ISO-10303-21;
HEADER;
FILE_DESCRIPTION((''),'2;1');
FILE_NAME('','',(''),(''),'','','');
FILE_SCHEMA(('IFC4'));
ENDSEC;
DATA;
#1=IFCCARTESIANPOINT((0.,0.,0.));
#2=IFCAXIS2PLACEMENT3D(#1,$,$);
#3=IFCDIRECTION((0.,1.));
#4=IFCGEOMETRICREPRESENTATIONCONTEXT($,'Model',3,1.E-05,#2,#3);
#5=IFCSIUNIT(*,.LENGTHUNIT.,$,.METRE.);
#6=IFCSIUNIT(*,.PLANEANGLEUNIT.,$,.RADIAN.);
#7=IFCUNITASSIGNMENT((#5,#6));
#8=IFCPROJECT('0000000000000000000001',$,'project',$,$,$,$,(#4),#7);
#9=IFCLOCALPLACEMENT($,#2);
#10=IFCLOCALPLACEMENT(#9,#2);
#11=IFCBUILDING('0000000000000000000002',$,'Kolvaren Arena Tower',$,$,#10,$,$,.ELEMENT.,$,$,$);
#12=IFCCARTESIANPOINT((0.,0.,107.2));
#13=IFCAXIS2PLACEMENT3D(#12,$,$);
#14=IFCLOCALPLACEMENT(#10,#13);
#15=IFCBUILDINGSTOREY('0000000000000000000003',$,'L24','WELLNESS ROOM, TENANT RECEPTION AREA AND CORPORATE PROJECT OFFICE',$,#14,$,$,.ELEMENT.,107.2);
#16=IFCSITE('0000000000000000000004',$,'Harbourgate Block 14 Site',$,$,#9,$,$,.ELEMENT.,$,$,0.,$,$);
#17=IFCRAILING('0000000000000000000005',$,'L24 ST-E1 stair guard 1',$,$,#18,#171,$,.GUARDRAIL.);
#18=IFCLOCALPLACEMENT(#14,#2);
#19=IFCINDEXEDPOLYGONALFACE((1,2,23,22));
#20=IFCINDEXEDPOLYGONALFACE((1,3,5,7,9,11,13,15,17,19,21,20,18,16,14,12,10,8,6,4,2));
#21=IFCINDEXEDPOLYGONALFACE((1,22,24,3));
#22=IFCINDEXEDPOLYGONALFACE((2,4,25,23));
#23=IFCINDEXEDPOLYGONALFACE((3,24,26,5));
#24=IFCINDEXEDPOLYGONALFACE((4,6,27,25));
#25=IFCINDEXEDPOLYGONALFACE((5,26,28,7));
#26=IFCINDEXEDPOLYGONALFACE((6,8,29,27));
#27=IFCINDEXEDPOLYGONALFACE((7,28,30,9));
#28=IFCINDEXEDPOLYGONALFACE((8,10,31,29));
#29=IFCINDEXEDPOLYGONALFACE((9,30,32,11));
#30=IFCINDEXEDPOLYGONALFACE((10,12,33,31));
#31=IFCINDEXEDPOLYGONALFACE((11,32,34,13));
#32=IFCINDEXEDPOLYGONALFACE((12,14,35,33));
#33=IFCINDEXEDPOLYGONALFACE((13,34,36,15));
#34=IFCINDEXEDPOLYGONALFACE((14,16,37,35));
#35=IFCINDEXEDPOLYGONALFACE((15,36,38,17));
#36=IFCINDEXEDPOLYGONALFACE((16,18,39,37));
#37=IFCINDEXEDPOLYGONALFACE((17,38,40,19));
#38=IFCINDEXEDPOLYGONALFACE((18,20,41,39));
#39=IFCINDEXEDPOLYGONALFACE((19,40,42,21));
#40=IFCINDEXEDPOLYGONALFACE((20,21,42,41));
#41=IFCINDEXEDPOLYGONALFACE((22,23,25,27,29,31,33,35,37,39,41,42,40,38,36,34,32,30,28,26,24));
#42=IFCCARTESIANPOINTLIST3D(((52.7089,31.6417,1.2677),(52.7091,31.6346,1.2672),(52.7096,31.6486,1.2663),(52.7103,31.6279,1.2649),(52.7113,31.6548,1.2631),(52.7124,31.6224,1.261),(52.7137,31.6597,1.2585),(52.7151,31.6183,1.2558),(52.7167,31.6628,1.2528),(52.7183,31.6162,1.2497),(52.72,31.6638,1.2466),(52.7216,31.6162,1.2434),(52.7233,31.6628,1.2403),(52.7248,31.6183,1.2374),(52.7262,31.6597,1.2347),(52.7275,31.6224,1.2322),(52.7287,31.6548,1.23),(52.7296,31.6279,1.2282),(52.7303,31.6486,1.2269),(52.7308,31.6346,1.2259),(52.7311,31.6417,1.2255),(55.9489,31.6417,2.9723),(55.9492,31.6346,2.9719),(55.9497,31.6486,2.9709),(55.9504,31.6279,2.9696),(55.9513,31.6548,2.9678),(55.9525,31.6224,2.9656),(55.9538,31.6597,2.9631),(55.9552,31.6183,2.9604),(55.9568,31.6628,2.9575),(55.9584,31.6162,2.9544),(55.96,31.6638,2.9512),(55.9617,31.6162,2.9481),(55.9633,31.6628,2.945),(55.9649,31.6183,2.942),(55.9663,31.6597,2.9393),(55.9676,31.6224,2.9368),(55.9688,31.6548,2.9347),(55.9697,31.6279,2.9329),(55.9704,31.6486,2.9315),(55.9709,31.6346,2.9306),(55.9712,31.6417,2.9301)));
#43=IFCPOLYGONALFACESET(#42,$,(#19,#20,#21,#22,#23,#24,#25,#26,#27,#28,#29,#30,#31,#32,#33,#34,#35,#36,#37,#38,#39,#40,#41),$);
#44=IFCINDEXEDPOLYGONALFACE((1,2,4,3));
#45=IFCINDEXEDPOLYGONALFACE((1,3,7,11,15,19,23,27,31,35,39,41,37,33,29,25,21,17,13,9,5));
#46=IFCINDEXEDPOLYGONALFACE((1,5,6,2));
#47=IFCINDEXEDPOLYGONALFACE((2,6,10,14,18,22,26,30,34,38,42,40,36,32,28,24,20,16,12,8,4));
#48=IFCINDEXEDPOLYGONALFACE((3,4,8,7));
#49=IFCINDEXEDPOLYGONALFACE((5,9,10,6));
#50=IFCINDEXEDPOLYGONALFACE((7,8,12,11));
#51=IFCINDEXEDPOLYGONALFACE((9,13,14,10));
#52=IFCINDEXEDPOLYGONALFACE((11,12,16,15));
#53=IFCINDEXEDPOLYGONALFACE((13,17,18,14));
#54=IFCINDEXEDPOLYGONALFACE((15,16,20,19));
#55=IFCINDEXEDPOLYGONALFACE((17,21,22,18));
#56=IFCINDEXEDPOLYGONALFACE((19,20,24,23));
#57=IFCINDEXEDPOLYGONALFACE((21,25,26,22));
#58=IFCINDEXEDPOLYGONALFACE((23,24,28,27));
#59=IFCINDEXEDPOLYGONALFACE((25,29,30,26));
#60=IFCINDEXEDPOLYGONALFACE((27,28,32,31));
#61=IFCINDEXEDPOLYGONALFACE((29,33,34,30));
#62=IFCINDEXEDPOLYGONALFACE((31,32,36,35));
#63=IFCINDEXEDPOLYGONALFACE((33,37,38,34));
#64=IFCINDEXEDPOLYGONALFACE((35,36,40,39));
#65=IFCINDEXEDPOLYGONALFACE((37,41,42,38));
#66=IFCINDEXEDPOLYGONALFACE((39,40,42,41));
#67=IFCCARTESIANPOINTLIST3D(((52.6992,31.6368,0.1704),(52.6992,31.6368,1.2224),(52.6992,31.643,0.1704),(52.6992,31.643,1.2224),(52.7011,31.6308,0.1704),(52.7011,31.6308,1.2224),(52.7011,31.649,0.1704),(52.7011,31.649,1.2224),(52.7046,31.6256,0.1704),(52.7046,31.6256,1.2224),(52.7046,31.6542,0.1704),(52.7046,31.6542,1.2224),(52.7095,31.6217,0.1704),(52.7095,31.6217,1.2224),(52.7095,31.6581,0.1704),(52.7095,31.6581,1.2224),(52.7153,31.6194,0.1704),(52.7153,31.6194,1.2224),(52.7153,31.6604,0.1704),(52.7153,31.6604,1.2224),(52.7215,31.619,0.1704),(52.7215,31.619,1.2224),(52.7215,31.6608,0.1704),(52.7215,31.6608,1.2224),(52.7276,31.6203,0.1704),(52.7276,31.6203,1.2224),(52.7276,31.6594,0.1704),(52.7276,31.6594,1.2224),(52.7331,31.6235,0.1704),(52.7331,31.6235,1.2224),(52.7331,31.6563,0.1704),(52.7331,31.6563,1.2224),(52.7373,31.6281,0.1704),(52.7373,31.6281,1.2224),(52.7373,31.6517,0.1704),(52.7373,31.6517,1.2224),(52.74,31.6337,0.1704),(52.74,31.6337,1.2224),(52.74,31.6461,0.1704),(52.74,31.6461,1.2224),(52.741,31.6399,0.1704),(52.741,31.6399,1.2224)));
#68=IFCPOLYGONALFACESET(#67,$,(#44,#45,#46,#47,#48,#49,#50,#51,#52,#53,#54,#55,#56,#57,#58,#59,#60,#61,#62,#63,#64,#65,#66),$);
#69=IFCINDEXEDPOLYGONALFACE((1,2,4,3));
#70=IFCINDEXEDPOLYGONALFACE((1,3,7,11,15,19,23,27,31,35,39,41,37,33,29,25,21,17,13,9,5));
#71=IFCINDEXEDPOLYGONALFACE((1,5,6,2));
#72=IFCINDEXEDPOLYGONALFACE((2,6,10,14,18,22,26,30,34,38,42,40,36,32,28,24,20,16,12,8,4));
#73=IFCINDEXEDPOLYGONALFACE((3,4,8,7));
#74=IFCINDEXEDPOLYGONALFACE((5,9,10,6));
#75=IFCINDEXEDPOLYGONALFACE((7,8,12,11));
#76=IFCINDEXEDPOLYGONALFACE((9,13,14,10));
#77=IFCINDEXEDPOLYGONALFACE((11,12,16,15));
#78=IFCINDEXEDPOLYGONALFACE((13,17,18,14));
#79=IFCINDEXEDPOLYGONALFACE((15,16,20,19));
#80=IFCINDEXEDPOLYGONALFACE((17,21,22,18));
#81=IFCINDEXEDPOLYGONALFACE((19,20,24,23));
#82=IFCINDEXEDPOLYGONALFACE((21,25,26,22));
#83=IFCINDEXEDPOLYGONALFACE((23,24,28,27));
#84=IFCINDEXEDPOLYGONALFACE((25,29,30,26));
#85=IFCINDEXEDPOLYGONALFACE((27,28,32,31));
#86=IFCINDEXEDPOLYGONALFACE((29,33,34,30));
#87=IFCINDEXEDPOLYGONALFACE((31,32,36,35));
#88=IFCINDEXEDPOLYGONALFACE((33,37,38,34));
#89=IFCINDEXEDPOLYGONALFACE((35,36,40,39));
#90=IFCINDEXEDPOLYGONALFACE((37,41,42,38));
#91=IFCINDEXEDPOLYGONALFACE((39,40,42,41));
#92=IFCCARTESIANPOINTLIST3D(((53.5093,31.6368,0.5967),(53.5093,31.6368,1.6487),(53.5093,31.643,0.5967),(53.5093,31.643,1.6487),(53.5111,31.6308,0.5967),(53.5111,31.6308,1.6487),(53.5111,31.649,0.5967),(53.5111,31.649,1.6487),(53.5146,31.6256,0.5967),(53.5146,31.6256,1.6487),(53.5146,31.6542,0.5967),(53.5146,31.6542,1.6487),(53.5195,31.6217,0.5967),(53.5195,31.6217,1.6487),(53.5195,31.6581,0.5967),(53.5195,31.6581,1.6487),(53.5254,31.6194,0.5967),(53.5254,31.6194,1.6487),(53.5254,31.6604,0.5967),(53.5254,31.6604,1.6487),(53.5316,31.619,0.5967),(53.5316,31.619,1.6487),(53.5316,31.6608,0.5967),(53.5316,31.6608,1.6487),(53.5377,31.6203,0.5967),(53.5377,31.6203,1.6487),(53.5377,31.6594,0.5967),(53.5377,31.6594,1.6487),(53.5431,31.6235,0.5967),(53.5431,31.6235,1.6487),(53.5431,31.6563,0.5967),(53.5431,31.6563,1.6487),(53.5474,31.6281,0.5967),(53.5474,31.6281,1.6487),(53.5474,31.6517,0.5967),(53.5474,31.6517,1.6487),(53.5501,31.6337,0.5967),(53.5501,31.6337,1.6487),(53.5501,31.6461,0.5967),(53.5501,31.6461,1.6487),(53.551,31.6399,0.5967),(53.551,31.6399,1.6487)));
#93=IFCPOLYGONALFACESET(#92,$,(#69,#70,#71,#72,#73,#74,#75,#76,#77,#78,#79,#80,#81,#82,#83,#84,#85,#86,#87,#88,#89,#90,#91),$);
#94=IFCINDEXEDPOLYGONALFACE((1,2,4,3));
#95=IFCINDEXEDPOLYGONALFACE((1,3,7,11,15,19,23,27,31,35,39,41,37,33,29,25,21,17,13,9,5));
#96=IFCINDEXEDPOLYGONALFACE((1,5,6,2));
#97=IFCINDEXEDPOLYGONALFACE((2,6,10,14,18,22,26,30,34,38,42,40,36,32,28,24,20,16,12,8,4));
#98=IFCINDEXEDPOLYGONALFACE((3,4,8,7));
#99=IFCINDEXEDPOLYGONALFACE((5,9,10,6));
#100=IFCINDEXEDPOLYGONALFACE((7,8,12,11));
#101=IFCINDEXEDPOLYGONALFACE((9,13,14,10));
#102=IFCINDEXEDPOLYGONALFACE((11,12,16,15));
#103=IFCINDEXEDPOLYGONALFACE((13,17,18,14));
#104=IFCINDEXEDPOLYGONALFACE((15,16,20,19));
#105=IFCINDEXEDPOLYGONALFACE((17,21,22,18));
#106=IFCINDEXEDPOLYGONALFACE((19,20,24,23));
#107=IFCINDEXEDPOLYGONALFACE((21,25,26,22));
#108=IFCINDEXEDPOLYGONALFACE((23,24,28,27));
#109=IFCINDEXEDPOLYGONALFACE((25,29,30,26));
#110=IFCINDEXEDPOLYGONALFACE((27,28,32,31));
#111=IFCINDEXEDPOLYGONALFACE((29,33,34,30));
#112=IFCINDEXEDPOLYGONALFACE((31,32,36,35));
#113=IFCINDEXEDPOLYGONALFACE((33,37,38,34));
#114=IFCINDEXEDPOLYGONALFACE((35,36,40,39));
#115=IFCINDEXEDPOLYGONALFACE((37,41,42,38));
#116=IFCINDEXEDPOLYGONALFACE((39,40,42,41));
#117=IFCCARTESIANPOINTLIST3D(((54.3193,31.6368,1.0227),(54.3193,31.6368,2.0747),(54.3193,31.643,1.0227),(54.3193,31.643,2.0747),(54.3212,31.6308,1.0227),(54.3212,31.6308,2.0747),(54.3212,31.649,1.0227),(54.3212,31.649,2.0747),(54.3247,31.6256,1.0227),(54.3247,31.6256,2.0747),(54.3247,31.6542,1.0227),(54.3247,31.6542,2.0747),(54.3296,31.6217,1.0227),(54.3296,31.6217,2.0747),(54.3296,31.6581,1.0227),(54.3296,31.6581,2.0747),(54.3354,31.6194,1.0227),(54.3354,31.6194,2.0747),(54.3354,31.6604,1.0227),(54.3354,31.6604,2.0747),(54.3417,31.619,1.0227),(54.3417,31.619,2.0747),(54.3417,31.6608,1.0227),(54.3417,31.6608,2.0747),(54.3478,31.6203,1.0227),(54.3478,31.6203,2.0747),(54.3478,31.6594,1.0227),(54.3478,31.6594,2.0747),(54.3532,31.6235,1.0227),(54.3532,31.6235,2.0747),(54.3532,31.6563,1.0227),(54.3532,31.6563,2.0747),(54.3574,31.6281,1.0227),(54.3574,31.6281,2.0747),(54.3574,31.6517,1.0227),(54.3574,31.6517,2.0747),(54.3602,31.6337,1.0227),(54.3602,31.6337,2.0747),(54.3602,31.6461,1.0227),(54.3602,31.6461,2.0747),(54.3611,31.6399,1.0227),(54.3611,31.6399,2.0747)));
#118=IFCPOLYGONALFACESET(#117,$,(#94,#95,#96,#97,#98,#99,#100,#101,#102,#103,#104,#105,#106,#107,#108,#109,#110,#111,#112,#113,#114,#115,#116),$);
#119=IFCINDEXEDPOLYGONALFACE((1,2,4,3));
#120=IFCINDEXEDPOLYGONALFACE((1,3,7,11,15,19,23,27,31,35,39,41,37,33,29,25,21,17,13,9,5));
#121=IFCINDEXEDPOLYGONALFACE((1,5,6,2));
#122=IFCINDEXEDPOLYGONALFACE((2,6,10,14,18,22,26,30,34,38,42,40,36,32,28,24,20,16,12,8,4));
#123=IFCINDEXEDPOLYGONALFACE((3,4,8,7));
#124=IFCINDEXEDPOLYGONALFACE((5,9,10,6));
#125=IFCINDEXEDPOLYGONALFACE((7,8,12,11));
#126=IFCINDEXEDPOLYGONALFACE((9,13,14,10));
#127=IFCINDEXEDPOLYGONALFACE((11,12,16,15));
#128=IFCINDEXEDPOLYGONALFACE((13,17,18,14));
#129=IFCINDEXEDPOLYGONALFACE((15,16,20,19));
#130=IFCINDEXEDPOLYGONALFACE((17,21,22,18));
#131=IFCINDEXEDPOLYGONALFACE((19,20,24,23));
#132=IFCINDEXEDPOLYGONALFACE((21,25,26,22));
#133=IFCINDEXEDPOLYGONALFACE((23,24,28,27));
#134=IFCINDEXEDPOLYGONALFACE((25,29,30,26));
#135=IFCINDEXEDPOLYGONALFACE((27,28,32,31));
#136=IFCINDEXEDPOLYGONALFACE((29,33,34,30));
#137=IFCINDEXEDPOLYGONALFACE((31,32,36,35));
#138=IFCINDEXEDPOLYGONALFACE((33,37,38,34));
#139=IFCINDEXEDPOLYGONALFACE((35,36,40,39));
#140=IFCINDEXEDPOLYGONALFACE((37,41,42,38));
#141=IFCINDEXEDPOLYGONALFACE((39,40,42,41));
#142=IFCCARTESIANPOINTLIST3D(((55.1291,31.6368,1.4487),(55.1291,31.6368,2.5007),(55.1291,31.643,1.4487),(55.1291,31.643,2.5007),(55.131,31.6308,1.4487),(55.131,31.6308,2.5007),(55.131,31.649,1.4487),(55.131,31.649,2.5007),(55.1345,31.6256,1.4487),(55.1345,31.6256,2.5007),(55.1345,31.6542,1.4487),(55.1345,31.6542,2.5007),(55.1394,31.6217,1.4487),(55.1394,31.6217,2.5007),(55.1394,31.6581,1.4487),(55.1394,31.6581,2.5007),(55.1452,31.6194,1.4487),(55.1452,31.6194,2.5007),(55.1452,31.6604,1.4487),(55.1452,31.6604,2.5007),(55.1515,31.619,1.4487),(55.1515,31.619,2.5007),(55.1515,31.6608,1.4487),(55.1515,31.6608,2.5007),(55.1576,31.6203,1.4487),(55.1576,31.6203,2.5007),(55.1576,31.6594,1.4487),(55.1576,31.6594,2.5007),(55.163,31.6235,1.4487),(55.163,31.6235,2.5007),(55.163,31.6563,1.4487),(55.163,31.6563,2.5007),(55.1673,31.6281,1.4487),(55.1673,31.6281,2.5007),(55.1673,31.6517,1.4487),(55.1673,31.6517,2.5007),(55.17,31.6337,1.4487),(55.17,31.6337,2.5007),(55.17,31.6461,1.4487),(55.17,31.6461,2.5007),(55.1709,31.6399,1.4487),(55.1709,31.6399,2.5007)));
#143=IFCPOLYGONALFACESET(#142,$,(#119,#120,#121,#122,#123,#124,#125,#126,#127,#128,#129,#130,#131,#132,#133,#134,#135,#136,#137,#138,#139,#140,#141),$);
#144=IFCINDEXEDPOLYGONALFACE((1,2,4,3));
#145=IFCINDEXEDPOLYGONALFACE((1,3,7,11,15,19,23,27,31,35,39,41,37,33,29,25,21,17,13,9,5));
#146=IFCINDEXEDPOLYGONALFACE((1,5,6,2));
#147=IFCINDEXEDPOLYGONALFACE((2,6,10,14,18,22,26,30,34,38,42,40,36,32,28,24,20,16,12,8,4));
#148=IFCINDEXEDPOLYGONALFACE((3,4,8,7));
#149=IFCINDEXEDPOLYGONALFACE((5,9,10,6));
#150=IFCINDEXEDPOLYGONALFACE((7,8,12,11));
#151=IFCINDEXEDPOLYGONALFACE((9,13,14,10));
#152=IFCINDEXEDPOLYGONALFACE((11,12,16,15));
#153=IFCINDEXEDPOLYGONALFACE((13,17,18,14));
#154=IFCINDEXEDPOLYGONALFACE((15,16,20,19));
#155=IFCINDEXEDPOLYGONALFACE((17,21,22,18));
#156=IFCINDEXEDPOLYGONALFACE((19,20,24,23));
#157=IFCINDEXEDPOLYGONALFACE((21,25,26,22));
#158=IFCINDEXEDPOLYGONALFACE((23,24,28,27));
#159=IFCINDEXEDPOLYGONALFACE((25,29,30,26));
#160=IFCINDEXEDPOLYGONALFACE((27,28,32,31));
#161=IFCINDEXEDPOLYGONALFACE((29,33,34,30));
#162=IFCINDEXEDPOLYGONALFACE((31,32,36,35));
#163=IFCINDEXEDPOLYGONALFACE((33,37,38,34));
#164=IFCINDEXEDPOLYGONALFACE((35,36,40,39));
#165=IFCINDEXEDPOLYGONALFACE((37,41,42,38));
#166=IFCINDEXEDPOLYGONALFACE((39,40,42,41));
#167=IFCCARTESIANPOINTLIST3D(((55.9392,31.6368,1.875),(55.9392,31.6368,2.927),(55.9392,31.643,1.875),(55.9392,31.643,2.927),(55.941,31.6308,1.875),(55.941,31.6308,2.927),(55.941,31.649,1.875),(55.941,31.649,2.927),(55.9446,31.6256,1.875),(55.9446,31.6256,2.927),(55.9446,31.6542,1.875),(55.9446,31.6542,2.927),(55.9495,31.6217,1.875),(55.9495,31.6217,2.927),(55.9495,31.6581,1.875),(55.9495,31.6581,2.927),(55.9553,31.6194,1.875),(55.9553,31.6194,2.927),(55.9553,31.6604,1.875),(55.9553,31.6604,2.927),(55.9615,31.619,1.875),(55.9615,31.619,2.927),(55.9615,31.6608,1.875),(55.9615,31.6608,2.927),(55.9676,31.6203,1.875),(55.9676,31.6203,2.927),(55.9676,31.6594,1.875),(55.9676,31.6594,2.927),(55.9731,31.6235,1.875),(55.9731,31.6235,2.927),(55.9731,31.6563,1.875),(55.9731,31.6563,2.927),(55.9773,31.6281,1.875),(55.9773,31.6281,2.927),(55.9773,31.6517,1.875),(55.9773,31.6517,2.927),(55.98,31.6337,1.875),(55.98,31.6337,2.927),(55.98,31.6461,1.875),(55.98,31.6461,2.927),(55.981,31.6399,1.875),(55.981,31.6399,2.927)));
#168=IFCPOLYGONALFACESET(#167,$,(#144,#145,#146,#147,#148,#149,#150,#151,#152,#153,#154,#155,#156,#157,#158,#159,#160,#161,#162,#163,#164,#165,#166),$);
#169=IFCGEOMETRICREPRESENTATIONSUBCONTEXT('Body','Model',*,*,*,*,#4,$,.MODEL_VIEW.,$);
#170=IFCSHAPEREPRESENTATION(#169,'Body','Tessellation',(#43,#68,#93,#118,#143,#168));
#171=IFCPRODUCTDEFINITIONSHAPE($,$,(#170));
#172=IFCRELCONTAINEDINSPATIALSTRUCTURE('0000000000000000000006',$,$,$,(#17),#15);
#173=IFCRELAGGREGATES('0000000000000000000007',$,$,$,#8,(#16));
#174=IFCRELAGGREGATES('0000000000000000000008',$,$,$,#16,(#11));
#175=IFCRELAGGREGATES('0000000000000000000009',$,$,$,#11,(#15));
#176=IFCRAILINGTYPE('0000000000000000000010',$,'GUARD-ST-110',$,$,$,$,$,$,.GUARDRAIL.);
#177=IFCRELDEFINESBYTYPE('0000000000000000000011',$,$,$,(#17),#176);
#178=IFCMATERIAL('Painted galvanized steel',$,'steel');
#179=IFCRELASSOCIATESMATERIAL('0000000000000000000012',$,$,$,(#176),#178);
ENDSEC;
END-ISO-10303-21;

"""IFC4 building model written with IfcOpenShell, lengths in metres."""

from ifc_helpers import new_model, si_unit, direction, frame, origin, origin_2d, place, context, subcontext, project, spatial, circle, extrude, material, type_object, element, save


model = new_model("IFC4")

# Units and contexts
model_context = context("Model", 3, precision=1e-05, world=origin(), true_north=direction((0.0, 1.0)))
body_context = subcontext(model_context, "Body", "Model", "MODEL_VIEW")
ifc_project = project(units=[si_unit("LENGTHUNIT", "METRE"), si_unit("PLANEANGLEUNIT", "RADIAN")], contexts=[model_context])

# Site, building, storey
site_placement = place(None, origin())
site = spatial("IfcSite", under=ifc_project, at=site_placement, Name="Harbourgate Block 14 Site", CompositionType="ELEMENT", RefElevation=0.0)
building_placement = place(site_placement, origin())
building = spatial("IfcBuilding", under=site, at=building_placement, Name="Kolvaren Arena Tower", CompositionType="ELEMENT")
storey_placement = place(building_placement, frame((0.0, 0.0, 107.2)))
storey = spatial("IfcBuildingStorey", under=building, at=storey_placement, Name="L24", Description="WELLNESS ROOM, TENANT RECEPTION AREA AND CORPORATE PROJECT OFFICE", CompositionType="ELEMENT", Elevation=107.2)

# Railing
ifc_material_1 = material(Name="Painted galvanized steel", Category="steel")
railing_type_1 = type_object("IfcRailingType", Name="GUARD-ST-110", PredefinedType="GUARDRAIL", material=ifc_material_1)
railing_1_placement = place(storey_placement, frame((52.72, 31.6399, 0.1704)))
element("IfcRailing", 1, at=railing_1_placement, inside=storey, type_object=railing_type_1, Name="L24 ST-E1 stair guard 1", PredefinedType="GUARDRAIL", context=body_context, shape_type="SweptSolid", body=[
    extrude(circle(Radius=0.0239, at=origin_2d()), frame((0.0, 0.0, 1.0762), z_axis=(0.884993, 0.0, 0.465604), x_axis=(0.0, 1.0, 0.0)), (0.0, 0.0, 1.0), 3.6611),
    extrude(circle(Radius=0.021, at=origin_2d()), origin(), (0.0, 0.0, 1.0), 1.052),
    extrude(circle(Radius=0.021, at=origin_2d()), frame((0.8101, 0.0, 0.4263)), (0.0, 0.0, 1.0), 1.052),
    extrude(circle(Radius=0.021, at=origin_2d()), frame((1.6201, 0.0, 0.8523)), (0.0, 0.0, 1.0), 1.052),
    extrude(circle(Radius=0.021, at=origin_2d()), frame((2.4299, 0.0, 1.2783)), (0.0, 0.0, 1.0), 1.052),
    extrude(circle(Radius=0.021, at=origin_2d()), frame((3.24, 0.0, 1.7046)), (0.0, 0.0, 1.0), 1.052),
])

save(model, "model.ifc")
